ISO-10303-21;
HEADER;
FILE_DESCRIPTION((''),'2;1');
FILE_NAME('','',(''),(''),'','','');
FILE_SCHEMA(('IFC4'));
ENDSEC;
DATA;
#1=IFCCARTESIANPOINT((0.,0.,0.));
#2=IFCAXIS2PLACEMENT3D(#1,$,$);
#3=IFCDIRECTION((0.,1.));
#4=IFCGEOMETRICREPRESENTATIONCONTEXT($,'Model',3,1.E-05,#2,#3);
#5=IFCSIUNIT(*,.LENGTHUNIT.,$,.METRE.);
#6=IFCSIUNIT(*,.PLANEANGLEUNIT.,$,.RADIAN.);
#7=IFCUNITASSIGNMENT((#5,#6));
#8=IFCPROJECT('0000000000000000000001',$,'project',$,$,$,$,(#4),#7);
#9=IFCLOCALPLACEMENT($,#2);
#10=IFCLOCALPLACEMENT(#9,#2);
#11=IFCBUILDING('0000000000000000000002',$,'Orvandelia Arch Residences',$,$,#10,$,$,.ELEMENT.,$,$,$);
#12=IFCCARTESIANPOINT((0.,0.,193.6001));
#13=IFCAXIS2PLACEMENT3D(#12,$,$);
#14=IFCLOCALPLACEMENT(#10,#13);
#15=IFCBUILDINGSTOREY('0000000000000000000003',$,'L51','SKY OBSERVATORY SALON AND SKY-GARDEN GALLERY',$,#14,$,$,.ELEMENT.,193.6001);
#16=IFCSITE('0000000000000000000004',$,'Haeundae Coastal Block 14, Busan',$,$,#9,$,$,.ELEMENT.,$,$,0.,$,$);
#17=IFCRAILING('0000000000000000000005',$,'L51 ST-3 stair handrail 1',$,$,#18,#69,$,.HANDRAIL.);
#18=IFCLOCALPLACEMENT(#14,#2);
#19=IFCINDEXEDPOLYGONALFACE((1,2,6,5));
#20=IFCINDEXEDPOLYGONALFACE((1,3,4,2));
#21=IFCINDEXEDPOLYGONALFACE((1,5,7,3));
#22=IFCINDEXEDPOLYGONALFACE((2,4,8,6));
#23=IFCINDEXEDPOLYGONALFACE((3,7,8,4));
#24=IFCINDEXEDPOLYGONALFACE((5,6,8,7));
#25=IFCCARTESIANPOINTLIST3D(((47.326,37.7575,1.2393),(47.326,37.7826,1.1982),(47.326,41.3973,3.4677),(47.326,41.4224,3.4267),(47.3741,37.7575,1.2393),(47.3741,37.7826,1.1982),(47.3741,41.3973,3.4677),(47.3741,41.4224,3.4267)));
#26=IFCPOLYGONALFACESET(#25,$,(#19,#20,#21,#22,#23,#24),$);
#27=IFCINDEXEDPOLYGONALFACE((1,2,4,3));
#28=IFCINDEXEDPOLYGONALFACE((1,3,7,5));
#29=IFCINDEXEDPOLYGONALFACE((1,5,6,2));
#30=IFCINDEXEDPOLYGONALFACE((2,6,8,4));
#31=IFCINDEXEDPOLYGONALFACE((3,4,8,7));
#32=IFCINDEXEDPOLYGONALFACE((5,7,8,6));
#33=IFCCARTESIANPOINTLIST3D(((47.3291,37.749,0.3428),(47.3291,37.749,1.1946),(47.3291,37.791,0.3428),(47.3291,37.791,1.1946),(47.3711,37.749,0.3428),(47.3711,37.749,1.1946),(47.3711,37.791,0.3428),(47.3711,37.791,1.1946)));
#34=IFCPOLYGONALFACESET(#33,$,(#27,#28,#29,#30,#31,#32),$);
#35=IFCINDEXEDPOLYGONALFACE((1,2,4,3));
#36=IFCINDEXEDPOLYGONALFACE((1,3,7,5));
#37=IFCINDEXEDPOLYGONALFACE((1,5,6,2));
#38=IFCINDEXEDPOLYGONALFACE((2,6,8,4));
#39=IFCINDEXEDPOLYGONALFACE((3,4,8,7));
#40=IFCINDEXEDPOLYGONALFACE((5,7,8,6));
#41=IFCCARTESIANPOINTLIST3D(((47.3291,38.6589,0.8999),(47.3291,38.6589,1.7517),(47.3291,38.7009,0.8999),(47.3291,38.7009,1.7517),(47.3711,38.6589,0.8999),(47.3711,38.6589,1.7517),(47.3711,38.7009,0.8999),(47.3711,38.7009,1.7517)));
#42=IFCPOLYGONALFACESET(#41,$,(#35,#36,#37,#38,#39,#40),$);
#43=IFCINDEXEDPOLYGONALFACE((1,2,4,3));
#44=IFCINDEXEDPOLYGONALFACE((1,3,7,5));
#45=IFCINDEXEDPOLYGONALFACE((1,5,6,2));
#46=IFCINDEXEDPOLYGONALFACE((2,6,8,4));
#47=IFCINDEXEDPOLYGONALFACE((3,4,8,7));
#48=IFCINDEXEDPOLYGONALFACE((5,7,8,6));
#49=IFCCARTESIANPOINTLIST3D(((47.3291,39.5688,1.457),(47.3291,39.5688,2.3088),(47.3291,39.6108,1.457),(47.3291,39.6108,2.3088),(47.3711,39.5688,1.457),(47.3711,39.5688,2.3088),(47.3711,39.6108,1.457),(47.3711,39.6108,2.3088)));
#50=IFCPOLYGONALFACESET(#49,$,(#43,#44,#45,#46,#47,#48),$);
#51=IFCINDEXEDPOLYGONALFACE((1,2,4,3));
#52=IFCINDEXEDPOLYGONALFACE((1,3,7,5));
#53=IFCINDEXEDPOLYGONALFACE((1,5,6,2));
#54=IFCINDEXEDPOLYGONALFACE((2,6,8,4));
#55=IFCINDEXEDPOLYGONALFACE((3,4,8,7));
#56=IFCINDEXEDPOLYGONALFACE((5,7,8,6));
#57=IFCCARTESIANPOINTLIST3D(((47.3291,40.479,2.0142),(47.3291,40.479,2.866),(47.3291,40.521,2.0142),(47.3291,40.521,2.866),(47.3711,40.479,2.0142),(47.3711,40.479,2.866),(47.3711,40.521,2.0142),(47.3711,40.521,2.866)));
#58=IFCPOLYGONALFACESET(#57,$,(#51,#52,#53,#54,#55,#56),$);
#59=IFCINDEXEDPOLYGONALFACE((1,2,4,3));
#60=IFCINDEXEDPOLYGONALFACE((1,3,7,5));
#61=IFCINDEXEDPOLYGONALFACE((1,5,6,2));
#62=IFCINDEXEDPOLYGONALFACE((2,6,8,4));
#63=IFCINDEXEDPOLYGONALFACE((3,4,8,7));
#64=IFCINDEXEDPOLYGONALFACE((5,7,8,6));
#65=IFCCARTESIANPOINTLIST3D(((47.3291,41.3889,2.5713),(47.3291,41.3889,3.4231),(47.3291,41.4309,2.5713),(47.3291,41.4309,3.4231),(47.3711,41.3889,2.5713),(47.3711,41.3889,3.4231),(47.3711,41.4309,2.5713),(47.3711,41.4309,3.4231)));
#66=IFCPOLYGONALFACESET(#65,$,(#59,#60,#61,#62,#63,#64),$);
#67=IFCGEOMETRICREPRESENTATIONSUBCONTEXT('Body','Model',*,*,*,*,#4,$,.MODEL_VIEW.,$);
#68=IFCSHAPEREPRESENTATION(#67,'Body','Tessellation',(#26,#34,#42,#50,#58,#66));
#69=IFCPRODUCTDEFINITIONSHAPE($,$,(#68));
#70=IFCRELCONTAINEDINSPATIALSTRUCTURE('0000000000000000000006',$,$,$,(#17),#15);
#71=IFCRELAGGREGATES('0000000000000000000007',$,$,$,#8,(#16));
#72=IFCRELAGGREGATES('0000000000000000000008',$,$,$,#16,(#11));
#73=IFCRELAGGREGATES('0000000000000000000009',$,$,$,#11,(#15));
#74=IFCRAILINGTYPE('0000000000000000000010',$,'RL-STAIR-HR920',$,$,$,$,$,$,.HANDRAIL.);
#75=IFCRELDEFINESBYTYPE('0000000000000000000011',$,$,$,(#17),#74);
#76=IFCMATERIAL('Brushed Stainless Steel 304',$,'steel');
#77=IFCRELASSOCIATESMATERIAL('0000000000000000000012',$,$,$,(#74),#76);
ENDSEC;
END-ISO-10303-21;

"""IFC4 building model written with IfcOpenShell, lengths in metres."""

from ifc_helpers import new_model, si_unit, direction, frame, origin, origin_2d, place, context, subcontext, project, spatial, rectangle, extrude, material, type_object, element, save


model = new_model("IFC4")

# Units and contexts
model_context = context("Model", 3, precision=1e-05, world=origin(), true_north=direction((0.0, 1.0)))
body_context = subcontext(model_context, "Body", "Model", "MODEL_VIEW")
ifc_project = project(units=[si_unit("LENGTHUNIT", "METRE"), si_unit("PLANEANGLEUNIT", "RADIAN")], contexts=[model_context])

# Site, building, storey
site_placement = place(None, origin())
site = spatial("IfcSite", under=ifc_project, at=site_placement, Name="Haeundae Coastal Block 14, Busan", CompositionType="ELEMENT", RefElevation=0.0)
building_placement = place(site_placement, origin())
building = spatial("IfcBuilding", under=site, at=building_placement, Name="Orvandelia Arch Residences", CompositionType="ELEMENT")
storey_placement = place(building_placement, frame((0.0, 0.0, 193.6001)))
storey = spatial("IfcBuildingStorey", under=building, at=storey_placement, Name="L51", Description="SKY OBSERVATORY SALON AND SKY-GARDEN GALLERY", CompositionType="ELEMENT", Elevation=193.6001)

# Railing
ifc_material_1 = material(Name="Brushed Stainless Steel 304", Category="steel")
railing_type_1 = type_object("IfcRailingType", Name="RL-STAIR-HR920", PredefinedType="HANDRAIL", material=ifc_material_1)
railing_1_placement = place(storey_placement, frame((47.3501, 37.77, 0.3428)))
element("IfcRailing", 1, at=railing_1_placement, inside=storey, type_object=railing_type_1, Name="L51 ST-3 stair handrail 1", PredefinedType="HANDRAIL", context=body_context, shape_type="SweptSolid", body=[
    extrude(rectangle(XDim=0.0481, YDim=0.0481, at=origin_2d()), frame((0.0, 0.0, 0.876), z_axis=(0.0, 0.85285, 0.522156), x_axis=(-1.0, 0.0, 0.0)), (0.0, 0.0, 1.0), 4.2678),
    extrude(rectangle(XDim=0.042, YDim=0.042, at=origin_2d()), origin(), (0.0, 0.0, 1.0), 0.8518),
    extrude(rectangle(XDim=0.042, YDim=0.042, at=origin_2d()), frame((0.0, 0.9099, 0.5571)), (0.0, 0.0, 1.0), 0.8518),
    extrude(rectangle(XDim=0.042, YDim=0.042, at=origin_2d()), frame((0.0, 1.8198, 1.1143)), (0.0, 0.0, 1.0), 0.8518),
    extrude(rectangle(XDim=0.042, YDim=0.042, at=origin_2d()), frame((0.0, 2.73, 1.6714)), (0.0, 0.0, 1.0), 0.8518),
    extrude(rectangle(XDim=0.042, YDim=0.042, at=origin_2d()), frame((0.0, 3.6399, 2.2285)), (0.0, 0.0, 1.0), 0.8518),
])

save(model, "model.ifc")
